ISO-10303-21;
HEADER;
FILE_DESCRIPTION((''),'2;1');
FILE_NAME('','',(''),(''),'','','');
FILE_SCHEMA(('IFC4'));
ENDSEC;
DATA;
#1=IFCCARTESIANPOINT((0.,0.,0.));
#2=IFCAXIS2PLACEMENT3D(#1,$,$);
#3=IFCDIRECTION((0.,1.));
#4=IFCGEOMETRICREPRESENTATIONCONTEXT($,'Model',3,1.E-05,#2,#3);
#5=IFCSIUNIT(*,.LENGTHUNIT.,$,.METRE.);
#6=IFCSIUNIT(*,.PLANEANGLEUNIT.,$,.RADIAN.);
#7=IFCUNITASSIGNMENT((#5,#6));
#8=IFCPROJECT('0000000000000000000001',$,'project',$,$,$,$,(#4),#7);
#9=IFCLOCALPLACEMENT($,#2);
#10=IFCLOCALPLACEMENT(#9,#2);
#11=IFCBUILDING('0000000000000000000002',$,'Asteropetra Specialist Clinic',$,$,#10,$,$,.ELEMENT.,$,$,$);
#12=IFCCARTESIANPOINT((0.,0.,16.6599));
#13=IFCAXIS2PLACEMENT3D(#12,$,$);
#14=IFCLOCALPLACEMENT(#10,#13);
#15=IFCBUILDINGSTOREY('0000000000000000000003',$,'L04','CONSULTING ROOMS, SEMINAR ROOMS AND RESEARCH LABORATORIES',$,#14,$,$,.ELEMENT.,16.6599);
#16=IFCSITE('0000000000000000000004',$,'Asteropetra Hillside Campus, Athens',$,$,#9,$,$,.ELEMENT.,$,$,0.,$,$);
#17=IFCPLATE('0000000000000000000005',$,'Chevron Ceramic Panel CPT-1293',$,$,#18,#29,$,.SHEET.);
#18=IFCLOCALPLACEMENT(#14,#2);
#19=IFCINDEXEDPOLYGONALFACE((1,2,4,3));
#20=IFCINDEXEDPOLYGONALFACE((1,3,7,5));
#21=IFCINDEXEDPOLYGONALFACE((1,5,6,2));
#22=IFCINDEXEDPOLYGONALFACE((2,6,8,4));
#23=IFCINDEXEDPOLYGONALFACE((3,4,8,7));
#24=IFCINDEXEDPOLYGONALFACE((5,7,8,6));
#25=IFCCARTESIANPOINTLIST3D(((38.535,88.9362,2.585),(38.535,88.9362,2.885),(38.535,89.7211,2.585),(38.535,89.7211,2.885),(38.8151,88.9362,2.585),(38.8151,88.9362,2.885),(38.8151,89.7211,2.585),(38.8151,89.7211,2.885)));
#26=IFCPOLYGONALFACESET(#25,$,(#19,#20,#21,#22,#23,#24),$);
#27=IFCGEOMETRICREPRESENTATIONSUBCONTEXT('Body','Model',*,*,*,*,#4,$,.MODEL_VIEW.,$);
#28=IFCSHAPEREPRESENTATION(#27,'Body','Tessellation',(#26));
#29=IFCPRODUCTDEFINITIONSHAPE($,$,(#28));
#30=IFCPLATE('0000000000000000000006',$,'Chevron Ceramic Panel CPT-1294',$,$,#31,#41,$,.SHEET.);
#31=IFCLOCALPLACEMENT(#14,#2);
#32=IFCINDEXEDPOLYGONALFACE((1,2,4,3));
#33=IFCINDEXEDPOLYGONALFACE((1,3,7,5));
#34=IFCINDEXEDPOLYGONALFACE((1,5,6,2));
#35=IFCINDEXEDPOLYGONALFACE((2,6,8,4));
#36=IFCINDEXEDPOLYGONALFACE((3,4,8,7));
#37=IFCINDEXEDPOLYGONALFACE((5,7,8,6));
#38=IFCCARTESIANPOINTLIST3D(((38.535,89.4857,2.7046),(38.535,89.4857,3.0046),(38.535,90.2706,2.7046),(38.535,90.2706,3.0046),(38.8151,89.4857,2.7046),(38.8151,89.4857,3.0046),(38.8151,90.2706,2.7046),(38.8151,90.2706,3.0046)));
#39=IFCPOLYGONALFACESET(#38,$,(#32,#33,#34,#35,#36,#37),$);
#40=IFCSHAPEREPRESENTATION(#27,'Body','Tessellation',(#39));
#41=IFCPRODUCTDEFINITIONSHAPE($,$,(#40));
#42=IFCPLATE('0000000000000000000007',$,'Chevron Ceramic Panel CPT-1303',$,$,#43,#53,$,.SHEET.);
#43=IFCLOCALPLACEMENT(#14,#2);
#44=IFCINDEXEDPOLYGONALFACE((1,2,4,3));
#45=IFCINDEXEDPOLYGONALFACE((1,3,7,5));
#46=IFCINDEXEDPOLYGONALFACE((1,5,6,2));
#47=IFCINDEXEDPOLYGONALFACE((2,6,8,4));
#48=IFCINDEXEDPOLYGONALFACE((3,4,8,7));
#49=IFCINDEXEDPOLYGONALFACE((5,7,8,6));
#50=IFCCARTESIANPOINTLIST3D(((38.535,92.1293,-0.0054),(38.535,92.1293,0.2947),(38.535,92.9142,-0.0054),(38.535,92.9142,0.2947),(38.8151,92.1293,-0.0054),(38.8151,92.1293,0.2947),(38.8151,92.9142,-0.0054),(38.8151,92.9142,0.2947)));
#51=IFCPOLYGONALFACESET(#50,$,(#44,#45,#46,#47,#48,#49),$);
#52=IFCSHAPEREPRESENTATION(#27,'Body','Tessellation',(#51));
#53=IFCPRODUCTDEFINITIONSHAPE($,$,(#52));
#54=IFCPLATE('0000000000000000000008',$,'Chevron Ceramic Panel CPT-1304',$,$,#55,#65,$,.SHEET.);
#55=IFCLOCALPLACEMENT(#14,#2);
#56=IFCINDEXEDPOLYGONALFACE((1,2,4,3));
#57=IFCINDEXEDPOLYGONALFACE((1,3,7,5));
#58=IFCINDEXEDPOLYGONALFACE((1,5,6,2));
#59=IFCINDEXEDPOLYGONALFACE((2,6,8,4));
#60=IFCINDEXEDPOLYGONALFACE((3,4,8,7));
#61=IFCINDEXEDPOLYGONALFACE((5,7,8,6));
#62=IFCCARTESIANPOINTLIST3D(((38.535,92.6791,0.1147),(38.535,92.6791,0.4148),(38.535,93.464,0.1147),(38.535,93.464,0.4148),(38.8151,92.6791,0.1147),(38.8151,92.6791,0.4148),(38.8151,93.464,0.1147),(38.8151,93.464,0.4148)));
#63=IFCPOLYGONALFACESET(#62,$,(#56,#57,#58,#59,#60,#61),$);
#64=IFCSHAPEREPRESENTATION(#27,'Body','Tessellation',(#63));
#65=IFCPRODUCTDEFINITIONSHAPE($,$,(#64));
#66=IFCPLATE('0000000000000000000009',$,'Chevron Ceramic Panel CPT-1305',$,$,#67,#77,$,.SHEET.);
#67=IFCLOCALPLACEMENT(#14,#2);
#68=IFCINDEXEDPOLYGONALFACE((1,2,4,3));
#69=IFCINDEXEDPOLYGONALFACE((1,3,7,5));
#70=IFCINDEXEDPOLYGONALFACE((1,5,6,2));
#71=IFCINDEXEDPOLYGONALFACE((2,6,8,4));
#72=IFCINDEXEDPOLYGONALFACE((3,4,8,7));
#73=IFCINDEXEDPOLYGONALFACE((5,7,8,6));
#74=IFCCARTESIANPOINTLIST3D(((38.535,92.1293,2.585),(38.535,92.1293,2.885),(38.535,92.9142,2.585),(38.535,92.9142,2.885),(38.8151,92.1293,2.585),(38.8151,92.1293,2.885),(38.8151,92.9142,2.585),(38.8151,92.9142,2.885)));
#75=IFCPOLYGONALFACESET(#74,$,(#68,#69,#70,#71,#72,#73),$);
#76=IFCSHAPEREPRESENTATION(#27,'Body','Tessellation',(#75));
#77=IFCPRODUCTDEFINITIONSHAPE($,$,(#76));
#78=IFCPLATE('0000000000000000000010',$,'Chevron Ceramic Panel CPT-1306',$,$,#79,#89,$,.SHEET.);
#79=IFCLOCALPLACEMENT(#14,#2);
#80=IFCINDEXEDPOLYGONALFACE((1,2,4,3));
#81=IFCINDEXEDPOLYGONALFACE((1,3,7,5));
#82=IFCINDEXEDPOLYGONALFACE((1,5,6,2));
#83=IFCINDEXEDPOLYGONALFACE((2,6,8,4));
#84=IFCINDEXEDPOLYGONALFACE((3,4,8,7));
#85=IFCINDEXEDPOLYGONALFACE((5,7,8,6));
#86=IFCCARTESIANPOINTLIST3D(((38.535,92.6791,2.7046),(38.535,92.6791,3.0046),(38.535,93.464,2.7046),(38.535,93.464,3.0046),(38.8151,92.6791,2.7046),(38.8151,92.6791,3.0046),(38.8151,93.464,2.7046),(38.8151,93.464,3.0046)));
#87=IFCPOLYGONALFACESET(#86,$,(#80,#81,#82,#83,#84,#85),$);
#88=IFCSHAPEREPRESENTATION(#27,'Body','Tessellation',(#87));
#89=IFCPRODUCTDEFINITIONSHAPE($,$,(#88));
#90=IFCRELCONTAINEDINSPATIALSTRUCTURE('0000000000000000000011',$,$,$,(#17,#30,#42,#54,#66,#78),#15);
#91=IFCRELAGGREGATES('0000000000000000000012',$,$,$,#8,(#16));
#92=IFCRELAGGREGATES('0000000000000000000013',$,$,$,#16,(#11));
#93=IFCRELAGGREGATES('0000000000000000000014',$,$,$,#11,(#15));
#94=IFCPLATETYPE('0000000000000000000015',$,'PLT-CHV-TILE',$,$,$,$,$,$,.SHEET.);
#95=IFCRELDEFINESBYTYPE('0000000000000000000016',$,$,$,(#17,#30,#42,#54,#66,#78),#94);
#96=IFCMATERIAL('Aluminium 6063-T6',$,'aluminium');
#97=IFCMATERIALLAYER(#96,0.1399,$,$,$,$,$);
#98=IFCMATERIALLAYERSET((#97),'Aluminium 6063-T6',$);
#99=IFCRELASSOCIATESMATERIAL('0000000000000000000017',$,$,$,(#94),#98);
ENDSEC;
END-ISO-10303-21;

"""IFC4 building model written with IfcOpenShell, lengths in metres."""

from ifc_helpers import new_model, si_unit, direction, frame, origin, origin_2d, place, context, subcontext, project, spatial, rectangle, extrude, material, layer, layer_set, type_object, element, save


model = new_model("IFC4")

# Units and contexts
model_context = context("Model", 3, precision=1e-05, world=origin(), true_north=direction((0.0, 1.0)))
body_context = subcontext(model_context, "Body", "Model", "MODEL_VIEW")
ifc_project = project(units=[si_unit("LENGTHUNIT", "METRE"), si_unit("PLANEANGLEUNIT", "RADIAN")], contexts=[model_context])

# Site, building, storey
site_placement = place(None, origin())
site = spatial("IfcSite", under=ifc_project, at=site_placement, Name="Asteropetra Hillside Campus, Athens", CompositionType="ELEMENT", RefElevation=0.0)
building_placement = place(site_placement, origin())
building = spatial("IfcBuilding", under=site, at=building_placement, Name="Asteropetra Specialist Clinic", CompositionType="ELEMENT")
storey_placement = place(building_placement, frame((0.0, 0.0, 16.6599)))
storey = spatial("IfcBuildingStorey", under=building, at=storey_placement, Name="L04", Description="CONSULTING ROOMS, SEMINAR ROOMS AND RESEARCH LABORATORIES", CompositionType="ELEMENT", Elevation=16.6599)

# Plates
ifc_material = material(Name="Aluminium 6063-T6", Category="aluminium")
ifc_layer = layer(ifc_material, 0.1399)
ifc_layer_set = layer_set([ifc_layer], Name="Aluminium 6063-T6")
plate_type = type_object("IfcPlateType", Name="PLT-CHV-TILE", PredefinedType="SHEET", material=ifc_layer_set)
for number, where, z_axis, x_axis, name in (
    (1, (38.675, 89.3286, 2.585), (0.0, 0.0, 1.0), (1.0, 0.0, 0.0), "Chevron Ceramic Panel CPT-1293"),
    (2, (38.675, 89.8782, 2.7046), (0.0, 0.0, 1.0), (1.0, 0.0, 0.0), "Chevron Ceramic Panel CPT-1294"),
    (3, (38.675, 92.5217, -0.0054), (0.0, 0.0, 1.0), (1.0, 0.0, 0.0), "Chevron Ceramic Panel CPT-1303"),
    (4, (38.675, 93.0715, 0.1147), (0.0, 0.0, 1.0), (1.0, 0.0, 0.0), "Chevron Ceramic Panel CPT-1304"),
    (5, (38.675, 92.5217, 2.585), (0.0, 0.0, 1.0), (1.0, 0.0, 0.0), "Chevron Ceramic Panel CPT-1305"),
    (6, (38.675, 93.0715, 2.7046), (0.0, 0.0, 1.0), (1.0, 0.0, 0.0), "Chevron Ceramic Panel CPT-1306"),
):
    element("IfcPlate", number, at=place(storey_placement, frame(where, z_axis=z_axis, x_axis=x_axis)), inside=storey, type_object=plate_type, Name=name, PredefinedType="SHEET", context=body_context, shape_type="SweptSolid", body=[
        extrude(rectangle(XDim=0.28, YDim=0.7849, at=origin_2d()), origin(), (0.0, 0.0, 1.0), 0.3),
    ])

save(model, "model.ifc")
